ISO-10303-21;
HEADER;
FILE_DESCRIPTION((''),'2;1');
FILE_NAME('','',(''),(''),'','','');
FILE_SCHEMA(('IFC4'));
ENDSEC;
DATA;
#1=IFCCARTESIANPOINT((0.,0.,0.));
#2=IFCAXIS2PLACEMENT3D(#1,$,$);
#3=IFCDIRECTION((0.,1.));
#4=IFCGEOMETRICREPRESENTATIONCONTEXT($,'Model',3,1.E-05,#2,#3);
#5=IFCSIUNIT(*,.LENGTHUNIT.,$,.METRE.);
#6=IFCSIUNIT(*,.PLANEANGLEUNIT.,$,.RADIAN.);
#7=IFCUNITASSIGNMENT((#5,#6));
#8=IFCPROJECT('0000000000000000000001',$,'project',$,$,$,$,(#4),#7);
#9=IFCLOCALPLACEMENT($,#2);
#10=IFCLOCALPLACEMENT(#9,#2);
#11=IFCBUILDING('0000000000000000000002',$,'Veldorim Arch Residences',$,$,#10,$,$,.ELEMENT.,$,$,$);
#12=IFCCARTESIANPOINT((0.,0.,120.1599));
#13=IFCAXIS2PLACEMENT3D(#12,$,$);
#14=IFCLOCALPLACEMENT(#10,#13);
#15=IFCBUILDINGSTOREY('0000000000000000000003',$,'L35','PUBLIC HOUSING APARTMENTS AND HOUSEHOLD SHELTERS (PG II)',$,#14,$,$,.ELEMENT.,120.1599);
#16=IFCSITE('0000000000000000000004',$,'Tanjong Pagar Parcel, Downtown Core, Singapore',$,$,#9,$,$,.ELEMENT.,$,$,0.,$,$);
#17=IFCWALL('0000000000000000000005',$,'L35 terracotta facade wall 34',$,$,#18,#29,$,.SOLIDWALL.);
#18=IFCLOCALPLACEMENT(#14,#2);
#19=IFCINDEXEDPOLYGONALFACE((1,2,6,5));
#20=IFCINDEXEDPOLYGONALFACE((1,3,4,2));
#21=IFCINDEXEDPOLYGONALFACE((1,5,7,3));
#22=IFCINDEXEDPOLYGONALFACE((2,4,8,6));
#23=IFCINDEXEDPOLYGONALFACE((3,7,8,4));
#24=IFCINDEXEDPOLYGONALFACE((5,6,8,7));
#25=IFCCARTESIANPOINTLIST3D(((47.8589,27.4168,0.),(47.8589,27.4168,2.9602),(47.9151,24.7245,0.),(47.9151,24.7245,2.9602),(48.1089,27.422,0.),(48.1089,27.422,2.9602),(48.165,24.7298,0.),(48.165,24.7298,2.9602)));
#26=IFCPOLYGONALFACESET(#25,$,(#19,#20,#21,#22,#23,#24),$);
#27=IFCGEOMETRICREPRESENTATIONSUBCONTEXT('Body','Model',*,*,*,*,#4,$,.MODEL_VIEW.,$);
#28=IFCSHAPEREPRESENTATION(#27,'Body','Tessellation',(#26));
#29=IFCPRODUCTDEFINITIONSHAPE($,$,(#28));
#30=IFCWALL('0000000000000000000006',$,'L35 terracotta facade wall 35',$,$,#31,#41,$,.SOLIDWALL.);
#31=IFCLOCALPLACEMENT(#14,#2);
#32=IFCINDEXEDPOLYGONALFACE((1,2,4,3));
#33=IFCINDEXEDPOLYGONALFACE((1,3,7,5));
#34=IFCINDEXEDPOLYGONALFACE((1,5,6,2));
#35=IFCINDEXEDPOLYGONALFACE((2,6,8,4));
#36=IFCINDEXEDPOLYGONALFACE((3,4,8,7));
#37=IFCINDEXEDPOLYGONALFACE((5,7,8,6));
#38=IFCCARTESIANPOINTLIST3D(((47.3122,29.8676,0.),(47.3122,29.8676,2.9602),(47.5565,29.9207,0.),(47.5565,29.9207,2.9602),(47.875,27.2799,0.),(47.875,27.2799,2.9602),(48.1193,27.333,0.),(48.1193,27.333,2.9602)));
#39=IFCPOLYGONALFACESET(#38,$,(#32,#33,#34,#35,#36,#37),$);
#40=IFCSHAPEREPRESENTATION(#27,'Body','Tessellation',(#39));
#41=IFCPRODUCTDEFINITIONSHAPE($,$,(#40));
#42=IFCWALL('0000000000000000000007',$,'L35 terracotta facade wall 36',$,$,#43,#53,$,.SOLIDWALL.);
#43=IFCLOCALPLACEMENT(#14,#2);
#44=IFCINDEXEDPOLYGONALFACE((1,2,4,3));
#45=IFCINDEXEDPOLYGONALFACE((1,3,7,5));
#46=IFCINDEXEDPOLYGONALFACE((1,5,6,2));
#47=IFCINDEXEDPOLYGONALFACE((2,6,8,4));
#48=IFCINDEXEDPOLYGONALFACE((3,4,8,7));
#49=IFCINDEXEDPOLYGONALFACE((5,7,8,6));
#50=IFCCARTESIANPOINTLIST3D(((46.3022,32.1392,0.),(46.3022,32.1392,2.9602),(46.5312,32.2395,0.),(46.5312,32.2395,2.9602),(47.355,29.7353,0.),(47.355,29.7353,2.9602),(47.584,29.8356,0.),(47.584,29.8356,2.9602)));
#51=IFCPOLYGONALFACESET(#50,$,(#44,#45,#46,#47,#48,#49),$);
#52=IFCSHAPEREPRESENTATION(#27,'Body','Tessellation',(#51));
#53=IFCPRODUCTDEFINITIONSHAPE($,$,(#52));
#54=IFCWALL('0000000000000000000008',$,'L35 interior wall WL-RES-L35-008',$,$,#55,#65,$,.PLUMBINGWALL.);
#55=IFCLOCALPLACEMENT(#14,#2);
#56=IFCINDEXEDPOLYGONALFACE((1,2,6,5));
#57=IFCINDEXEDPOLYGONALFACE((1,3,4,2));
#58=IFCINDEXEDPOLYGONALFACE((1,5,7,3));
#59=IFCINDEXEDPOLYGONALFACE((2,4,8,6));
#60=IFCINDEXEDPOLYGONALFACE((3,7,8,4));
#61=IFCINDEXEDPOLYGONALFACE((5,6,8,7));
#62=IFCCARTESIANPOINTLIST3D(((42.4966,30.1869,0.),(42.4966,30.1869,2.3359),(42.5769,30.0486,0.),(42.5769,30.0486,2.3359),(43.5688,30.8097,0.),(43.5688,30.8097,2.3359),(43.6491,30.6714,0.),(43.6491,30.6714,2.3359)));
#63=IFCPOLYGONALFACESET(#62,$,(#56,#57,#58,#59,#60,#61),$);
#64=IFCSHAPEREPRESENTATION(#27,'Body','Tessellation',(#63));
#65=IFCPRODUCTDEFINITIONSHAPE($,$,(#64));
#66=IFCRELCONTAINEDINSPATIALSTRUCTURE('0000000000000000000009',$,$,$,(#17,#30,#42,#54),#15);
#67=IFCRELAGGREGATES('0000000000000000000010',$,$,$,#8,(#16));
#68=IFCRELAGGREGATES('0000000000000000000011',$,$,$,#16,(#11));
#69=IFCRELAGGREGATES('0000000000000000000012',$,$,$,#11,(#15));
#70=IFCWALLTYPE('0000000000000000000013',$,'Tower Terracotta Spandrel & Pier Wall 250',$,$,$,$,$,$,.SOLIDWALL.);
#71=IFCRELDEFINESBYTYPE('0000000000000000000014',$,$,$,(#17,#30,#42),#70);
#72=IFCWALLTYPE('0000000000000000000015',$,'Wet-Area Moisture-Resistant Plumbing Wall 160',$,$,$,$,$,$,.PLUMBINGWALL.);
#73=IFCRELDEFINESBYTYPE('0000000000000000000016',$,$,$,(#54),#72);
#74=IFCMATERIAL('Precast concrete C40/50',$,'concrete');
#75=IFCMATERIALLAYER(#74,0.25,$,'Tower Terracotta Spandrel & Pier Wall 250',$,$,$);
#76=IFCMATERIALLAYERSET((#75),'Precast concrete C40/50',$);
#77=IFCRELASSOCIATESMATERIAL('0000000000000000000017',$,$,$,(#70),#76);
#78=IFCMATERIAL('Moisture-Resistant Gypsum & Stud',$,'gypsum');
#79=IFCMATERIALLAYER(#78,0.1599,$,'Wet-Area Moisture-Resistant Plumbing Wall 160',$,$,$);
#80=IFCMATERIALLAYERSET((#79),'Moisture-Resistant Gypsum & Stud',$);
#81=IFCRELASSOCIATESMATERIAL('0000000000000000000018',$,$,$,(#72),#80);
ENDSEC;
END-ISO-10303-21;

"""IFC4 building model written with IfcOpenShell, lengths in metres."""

from ifc_helpers import new_model, si_unit, direction, frame, frame_2d, origin, place, context, subcontext, project, spatial, rectangle, extrude, material, layer, layer_set, type_object, element, save


model = new_model("IFC4")

# Units and contexts
model_context = context("Model", 3, precision=1e-05, world=origin(), true_north=direction((0.0, 1.0)))
body_context = subcontext(model_context, "Body", "Model", "MODEL_VIEW")
ifc_project = project(units=[si_unit("LENGTHUNIT", "METRE"), si_unit("PLANEANGLEUNIT", "RADIAN")], contexts=[model_context])

# Site, building, storey
site_placement = place(None, origin())
site = spatial("IfcSite", under=ifc_project, at=site_placement, Name="Tanjong Pagar Parcel, Downtown Core, Singapore", CompositionType="ELEMENT", RefElevation=0.0)
building_placement = place(site_placement, origin())
building = spatial("IfcBuilding", under=site, at=building_placement, Name="Veldorim Arch Residences", CompositionType="ELEMENT")
storey_placement = place(building_placement, frame((0.0, 0.0, 120.1599)))
storey = spatial("IfcBuildingStorey", under=building, at=storey_placement, Name="L35", Description="PUBLIC HOUSING APARTMENTS AND HOUSEHOLD SHELTERS (PG II)", CompositionType="ELEMENT", Elevation=120.1599)

# Walls
ifc_material_1 = material(Name="Precast concrete C40/50", Category="concrete")
ifc_layer_1 = layer(ifc_material_1, 0.25, Name="Tower Terracotta Spandrel & Pier Wall 250")
ifc_layer_set_1 = layer_set([ifc_layer_1], Name="Precast concrete C40/50")
wall_type_1 = type_object("IfcWallType", Name="Tower Terracotta Spandrel & Pier Wall 250", PredefinedType="SOLIDWALL", material=ifc_layer_set_1)
wall_1_placement = place(storey_placement, frame((47.9839, 27.4194, 0.0), z_axis=(0.0, 0.0, 1.0), x_axis=(0.020851, -0.999783, 0.0)))
element("IfcWall", 1, at=wall_1_placement, inside=storey, type_object=wall_type_1, Name="L35 terracotta facade wall 34", PredefinedType="SOLIDWALL", context=body_context, shape_type="SweptSolid", body=[
    extrude(rectangle(XDim=2.6929, YDim=0.25, at=frame_2d((1.3464, 0.0))), origin(), (0.0, 0.0, 1.0), 2.9602),
])
wall_2_placement = place(storey_placement, frame((47.4343, 29.8943, 0.0), z_axis=(0.0, 0.0, 1.0), x_axis=(0.212506, -0.97716, 0.0)))
element("IfcWall", 2, at=wall_2_placement, inside=storey, type_object=wall_type_1, Name="L35 terracotta facade wall 35", PredefinedType="SOLIDWALL", context=body_context, shape_type="SweptSolid", body=[
    extrude(rectangle(XDim=2.6482, YDim=0.25, at=frame_2d((1.3242, 0.0))), origin(), (0.0, 0.0, 1.0), 2.9602),
])
wall_3_placement = place(storey_placement, frame((46.4167, 32.1892, 0.0), z_axis=(0.0, 0.0, 1.0), x_axis=(0.40116, -0.916008, 0.0)))
element("IfcWall", 3, at=wall_3_placement, inside=storey, type_object=wall_type_1, Name="L35 terracotta facade wall 36", PredefinedType="SOLIDWALL", context=body_context, shape_type="SweptSolid", body=[
    extrude(rectangle(XDim=2.6243, YDim=0.25, at=frame_2d((1.312, 0.0))), origin(), (0.0, 0.0, 1.0), 2.9602),
])
ifc_material_2 = material(Name="Moisture-Resistant Gypsum & Stud", Category="gypsum")
ifc_layer_2 = layer(ifc_material_2, 0.1599, Name="Wet-Area Moisture-Resistant Plumbing Wall 160")
ifc_layer_set_2 = layer_set([ifc_layer_2], Name="Moisture-Resistant Gypsum & Stud")
wall_type_2 = type_object("IfcWallType", Name="Wet-Area Moisture-Resistant Plumbing Wall 160", PredefinedType="PLUMBINGWALL", material=ifc_layer_set_2)
wall_4_placement = place(storey_placement, frame((42.5366, 30.1177, 0.0), z_axis=(0.0, 0.0, 1.0), x_axis=(0.86472, 0.502254, 0.0)))
element("IfcWall", 4, at=wall_4_placement, inside=storey, type_object=wall_type_2, Name="L35 interior wall WL-RES-L35-008", PredefinedType="PLUMBINGWALL", context=body_context, shape_type="SweptSolid", body=[
    extrude(rectangle(XDim=1.24, YDim=0.1599, at=frame_2d((0.6201, 0.0))), origin(), (0.0, 0.0, 1.0), 2.3359),
])

save(model, "model.ifc")
